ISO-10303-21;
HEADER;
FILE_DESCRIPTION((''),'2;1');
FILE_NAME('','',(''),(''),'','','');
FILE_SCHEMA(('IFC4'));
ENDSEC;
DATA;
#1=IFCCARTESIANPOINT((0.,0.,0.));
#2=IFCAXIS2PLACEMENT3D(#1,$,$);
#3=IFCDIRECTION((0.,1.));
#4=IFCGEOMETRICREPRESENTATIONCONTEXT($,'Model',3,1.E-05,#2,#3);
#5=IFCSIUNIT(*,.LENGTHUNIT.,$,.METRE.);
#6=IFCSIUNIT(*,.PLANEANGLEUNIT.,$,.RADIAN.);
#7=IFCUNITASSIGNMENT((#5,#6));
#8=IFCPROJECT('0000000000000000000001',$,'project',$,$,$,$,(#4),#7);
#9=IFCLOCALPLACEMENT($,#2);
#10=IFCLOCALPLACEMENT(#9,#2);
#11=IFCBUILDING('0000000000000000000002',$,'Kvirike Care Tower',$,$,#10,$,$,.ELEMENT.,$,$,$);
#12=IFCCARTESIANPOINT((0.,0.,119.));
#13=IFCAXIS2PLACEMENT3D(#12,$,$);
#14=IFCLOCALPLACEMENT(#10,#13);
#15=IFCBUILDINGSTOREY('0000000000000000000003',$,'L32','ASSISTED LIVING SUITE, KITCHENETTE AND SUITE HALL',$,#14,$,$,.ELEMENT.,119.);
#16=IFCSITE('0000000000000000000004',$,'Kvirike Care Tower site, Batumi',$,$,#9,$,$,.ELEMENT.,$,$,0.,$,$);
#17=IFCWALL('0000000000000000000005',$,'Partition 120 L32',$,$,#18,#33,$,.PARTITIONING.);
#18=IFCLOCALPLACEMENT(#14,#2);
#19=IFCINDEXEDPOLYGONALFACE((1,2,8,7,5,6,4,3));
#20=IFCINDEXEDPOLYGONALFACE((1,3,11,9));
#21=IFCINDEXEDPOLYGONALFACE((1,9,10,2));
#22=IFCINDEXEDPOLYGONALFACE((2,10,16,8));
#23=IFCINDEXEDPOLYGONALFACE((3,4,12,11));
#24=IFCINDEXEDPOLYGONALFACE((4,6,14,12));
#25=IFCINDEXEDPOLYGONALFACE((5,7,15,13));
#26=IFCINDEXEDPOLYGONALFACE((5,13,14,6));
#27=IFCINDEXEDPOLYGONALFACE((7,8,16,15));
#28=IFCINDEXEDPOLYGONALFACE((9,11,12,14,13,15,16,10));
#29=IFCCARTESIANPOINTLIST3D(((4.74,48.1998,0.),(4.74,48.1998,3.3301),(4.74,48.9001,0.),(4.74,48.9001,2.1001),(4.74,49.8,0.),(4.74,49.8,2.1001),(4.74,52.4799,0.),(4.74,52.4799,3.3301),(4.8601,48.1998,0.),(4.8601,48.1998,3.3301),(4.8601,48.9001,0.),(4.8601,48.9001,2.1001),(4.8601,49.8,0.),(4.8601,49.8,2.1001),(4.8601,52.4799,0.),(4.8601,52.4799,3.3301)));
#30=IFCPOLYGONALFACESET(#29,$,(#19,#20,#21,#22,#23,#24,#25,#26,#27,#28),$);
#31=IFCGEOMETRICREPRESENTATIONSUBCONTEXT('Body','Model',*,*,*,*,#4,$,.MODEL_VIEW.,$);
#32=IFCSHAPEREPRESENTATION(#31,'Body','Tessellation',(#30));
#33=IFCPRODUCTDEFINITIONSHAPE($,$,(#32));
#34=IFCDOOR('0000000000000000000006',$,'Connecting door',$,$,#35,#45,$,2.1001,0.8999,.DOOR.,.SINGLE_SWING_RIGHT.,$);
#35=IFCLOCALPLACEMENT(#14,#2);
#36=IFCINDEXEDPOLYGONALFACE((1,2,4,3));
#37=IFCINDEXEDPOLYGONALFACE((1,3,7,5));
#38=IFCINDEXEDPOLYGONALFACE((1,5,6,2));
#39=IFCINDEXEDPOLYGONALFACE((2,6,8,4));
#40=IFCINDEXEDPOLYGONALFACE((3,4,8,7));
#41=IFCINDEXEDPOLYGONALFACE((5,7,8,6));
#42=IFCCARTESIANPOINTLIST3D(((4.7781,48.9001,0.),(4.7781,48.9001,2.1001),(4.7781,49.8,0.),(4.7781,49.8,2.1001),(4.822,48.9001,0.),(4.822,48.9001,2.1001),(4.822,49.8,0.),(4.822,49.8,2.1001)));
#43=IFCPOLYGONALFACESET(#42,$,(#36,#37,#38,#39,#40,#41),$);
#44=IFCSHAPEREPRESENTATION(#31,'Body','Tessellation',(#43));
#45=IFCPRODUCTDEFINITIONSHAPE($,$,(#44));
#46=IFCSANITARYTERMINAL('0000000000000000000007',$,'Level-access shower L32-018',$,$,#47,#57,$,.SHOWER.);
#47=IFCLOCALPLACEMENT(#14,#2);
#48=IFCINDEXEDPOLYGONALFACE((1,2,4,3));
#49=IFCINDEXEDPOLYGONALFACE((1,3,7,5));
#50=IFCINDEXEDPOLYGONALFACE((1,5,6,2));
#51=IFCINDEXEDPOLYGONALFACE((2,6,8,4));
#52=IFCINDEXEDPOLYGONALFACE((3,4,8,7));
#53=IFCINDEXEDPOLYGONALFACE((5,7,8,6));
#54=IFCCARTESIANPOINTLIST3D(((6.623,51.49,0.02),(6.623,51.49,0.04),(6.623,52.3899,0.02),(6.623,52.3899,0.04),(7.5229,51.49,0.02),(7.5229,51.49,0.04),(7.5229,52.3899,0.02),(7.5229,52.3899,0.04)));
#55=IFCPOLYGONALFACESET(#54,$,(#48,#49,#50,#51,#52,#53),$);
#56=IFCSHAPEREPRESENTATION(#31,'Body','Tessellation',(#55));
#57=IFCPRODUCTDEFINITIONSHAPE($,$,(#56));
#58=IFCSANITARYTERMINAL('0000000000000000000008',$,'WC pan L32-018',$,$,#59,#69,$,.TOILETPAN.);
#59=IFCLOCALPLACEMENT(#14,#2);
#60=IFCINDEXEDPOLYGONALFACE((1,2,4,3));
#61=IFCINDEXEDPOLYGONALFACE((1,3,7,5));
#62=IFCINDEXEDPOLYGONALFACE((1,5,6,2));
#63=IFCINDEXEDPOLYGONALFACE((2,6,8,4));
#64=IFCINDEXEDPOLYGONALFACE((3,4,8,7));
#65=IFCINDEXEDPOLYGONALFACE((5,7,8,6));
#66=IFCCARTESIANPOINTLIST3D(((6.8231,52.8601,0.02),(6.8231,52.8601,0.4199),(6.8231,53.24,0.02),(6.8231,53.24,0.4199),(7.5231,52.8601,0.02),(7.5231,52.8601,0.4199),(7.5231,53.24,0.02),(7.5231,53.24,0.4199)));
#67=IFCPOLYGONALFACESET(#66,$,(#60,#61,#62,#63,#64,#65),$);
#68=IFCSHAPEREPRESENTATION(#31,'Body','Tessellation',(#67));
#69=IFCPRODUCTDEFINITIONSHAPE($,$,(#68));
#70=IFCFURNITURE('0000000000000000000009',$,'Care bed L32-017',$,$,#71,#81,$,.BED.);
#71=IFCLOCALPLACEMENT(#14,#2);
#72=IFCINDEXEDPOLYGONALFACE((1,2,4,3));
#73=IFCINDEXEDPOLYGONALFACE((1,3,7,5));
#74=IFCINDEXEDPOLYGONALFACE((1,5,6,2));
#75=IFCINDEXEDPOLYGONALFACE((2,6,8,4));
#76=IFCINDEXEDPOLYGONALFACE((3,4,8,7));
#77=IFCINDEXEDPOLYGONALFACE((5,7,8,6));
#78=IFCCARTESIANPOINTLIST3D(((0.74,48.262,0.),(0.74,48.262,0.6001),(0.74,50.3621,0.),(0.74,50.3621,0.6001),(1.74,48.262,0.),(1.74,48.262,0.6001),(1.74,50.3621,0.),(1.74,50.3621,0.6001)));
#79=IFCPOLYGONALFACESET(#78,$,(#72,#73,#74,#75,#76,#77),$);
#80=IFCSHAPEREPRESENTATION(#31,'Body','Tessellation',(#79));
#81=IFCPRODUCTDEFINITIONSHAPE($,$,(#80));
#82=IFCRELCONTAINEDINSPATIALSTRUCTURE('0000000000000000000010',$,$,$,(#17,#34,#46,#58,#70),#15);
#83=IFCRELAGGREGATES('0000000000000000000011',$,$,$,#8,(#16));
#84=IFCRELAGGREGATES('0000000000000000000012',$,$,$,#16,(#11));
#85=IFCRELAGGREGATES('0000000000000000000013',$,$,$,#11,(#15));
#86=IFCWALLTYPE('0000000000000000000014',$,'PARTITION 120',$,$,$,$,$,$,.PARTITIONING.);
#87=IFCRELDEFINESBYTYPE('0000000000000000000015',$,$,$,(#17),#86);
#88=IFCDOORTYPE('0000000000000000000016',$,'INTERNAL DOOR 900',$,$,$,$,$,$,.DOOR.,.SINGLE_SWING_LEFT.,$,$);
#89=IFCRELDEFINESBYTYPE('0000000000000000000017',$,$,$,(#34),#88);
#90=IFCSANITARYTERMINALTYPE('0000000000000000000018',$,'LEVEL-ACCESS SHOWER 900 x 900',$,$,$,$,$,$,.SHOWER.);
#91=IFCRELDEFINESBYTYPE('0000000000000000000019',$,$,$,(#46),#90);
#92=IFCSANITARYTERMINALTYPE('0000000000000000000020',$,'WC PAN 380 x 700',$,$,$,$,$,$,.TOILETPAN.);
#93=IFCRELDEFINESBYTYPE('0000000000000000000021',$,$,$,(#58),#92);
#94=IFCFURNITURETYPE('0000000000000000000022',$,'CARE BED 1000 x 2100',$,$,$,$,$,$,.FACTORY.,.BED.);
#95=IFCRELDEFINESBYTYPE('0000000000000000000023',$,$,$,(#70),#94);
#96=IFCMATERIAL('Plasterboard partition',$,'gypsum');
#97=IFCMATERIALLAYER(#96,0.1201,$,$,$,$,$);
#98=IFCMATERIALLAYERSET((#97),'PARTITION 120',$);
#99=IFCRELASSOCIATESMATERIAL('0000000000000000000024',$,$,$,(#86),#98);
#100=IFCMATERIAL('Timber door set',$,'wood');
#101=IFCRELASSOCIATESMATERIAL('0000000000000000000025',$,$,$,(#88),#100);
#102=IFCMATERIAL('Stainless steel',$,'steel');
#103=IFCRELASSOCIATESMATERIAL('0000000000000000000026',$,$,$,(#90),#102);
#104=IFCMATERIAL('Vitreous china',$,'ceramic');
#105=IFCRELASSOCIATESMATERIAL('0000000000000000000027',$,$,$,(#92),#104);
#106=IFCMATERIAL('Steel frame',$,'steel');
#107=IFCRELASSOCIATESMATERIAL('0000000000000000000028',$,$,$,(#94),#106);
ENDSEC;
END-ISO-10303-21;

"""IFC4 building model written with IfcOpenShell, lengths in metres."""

from ifc_helpers import new_model, si_unit, direction, frame, frame_2d, origin, origin_2d, place, context, subcontext, project, spatial, rectangle, extrude, material, layer, layer_set, type_object, element, fill, save


model = new_model("IFC4")

# Units and contexts
model_context = context("Model", 3, precision=1e-05, world=origin(), true_north=direction((0.0, 1.0)))
body_context = subcontext(model_context, "Body", "Model", "MODEL_VIEW")
ifc_project = project(units=[si_unit("LENGTHUNIT", "METRE"), si_unit("PLANEANGLEUNIT", "RADIAN")], contexts=[model_context])

# Site, building, storey
site_placement = place(None, origin())
site = spatial("IfcSite", under=ifc_project, at=site_placement, Name="Kvirike Care Tower site, Batumi", CompositionType="ELEMENT", RefElevation=0.0)
building_placement = place(site_placement, origin())
building = spatial("IfcBuilding", under=site, at=building_placement, Name="Kvirike Care Tower", CompositionType="ELEMENT")
storey_placement = place(building_placement, frame((0.0, 0.0, 119.0)))
storey = spatial("IfcBuildingStorey", under=building, at=storey_placement, Name="L32", Description="ASSISTED LIVING SUITE, KITCHENETTE AND SUITE HALL", CompositionType="ELEMENT", Elevation=119.0)

# Wall, opening, door
ifc_material_1 = material(Name="Plasterboard partition", Category="gypsum")
ifc_layer_1 = layer(ifc_material_1, 0.1201)
ifc_layer_set_1 = layer_set([ifc_layer_1], Name="PARTITION 120")
wall_type_1 = type_object("IfcWallType", Name="PARTITION 120", PredefinedType="PARTITIONING", material=ifc_layer_set_1)
wall_1_placement = place(storey_placement, frame((4.8, 52.48, 0.0), z_axis=(0.0, 0.0, 1.0), x_axis=(0.0, -1.0, 0.0)))
wall_1 = element("IfcWall", 1, at=wall_1_placement, inside=storey, type_object=wall_type_1, Name="Partition 120 L32", PredefinedType="PARTITIONING", context=body_context, shape_type="SweptSolid", body=[
    extrude(rectangle(XDim=4.28, YDim=0.1201, at=frame_2d((2.1401, 0.0))), origin(), (0.0, 0.0, 1.0), 3.3301),
])
opening_1_placement = place(wall_1_placement, frame((2.6799, 0.0, 0.0)))
opening_1 = element("IfcOpeningElement", 2, at=opening_1_placement, cuts=wall_1, PredefinedType="OPENING", context=body_context, shape_type="SweptSolid", body=[
    extrude(rectangle(XDim=0.8999, YDim=2.1001, at=frame_2d((0.45, 1.05))), frame((0.0, 0.0706, 0.0), z_axis=(0.0, -1.0, 0.0), x_axis=(1.0, 0.0, 0.0)), (0.0, 0.0, 1.0), 0.1411),
])
ifc_material_2 = material(Name="Timber door set", Category="wood")
door_type_1 = type_object("IfcDoorType", Name="INTERNAL DOOR 900", OperationType="SINGLE_SWING_LEFT", PredefinedType="DOOR", material=ifc_material_2)
door_1_placement = place(opening_1_placement, frame((0.8999, 0.0, 0.0), z_axis=(0.0, 0.0, 1.0), x_axis=(-1.0, 0.0, 0.0)))
door_1 = element("IfcDoor", 3, at=door_1_placement, inside=storey, type_object=door_type_1, Name="Connecting door", OperationType="SINGLE_SWING_RIGHT", OverallHeight=2.1001, OverallWidth=0.8999, PredefinedType="DOOR", context=body_context, shape_type="SweptSolid", body=[
    extrude(rectangle(XDim=0.8999, YDim=2.1001, at=frame_2d((0.45, 1.05))), frame((0.0, 0.022, 0.0), z_axis=(0.0, -1.0, 0.0), x_axis=(1.0, 0.0, 0.0)), (0.0, 0.0, 1.0), 0.0439),
])
fill(opening_1, door_1)

# Sanitary terminals
ifc_material_3 = material(Name="Stainless steel", Category="steel")
sanitary_terminal_type_1 = type_object("IfcSanitaryTerminalType", Name="LEVEL-ACCESS SHOWER 900 x 900", PredefinedType="SHOWER", material=ifc_material_3)
sanitary_terminal_1_placement = place(storey_placement, frame((7.073, 51.9399, 0.02), z_axis=(0.0, 0.0, 1.0), x_axis=(0.0, -1.0, 0.0)))
element("IfcSanitaryTerminal", 4, at=sanitary_terminal_1_placement, inside=storey, type_object=sanitary_terminal_type_1, Name="Level-access shower L32-018", PredefinedType="SHOWER", context=body_context, shape_type="SweptSolid", body=[
    extrude(rectangle(XDim=0.8999, YDim=0.8999, at=origin_2d()), origin(), (0.0, 0.0, 1.0), 0.02),
])
ifc_material_4 = material(Name="Vitreous china", Category="ceramic")
sanitary_terminal_type_2 = type_object("IfcSanitaryTerminalType", Name="WC PAN 380 x 700", PredefinedType="TOILETPAN", material=ifc_material_4)
sanitary_terminal_2_placement = place(storey_placement, frame((7.1731, 53.05, 0.02), z_axis=(0.0, 0.0, 1.0), x_axis=(0.0, -1.0, 0.0)))
element("IfcSanitaryTerminal", 5, at=sanitary_terminal_2_placement, inside=storey, type_object=sanitary_terminal_type_2, Name="WC pan L32-018", PredefinedType="TOILETPAN", context=body_context, shape_type="SweptSolid", body=[
    extrude(rectangle(XDim=0.3799, YDim=0.7, at=origin_2d()), origin(), (0.0, 0.0, 1.0), 0.3999),
])

# Furniture
ifc_material_5 = material(Name="Steel frame", Category="steel")
furniture_type = type_object("IfcFurnitureType", Name="CARE BED 1000 x 2100", AssemblyPlace="FACTORY", PredefinedType="BED", material=ifc_material_5)
furniture_placement = place(storey_placement, frame((1.24, 49.312, 0.0), z_axis=(0.0, 0.0, 1.0), x_axis=(-1.0, 0.0, 0.0)))
element("IfcFurniture", 6, at=furniture_placement, inside=storey, type_object=furniture_type, Name="Care bed L32-017", PredefinedType="BED", context=body_context, shape_type="SweptSolid", body=[
    extrude(rectangle(XDim=1.0, YDim=2.1001, at=origin_2d()), origin(), (0.0, 0.0, 1.0), 0.6001),
])

save(model, "model.ifc")
